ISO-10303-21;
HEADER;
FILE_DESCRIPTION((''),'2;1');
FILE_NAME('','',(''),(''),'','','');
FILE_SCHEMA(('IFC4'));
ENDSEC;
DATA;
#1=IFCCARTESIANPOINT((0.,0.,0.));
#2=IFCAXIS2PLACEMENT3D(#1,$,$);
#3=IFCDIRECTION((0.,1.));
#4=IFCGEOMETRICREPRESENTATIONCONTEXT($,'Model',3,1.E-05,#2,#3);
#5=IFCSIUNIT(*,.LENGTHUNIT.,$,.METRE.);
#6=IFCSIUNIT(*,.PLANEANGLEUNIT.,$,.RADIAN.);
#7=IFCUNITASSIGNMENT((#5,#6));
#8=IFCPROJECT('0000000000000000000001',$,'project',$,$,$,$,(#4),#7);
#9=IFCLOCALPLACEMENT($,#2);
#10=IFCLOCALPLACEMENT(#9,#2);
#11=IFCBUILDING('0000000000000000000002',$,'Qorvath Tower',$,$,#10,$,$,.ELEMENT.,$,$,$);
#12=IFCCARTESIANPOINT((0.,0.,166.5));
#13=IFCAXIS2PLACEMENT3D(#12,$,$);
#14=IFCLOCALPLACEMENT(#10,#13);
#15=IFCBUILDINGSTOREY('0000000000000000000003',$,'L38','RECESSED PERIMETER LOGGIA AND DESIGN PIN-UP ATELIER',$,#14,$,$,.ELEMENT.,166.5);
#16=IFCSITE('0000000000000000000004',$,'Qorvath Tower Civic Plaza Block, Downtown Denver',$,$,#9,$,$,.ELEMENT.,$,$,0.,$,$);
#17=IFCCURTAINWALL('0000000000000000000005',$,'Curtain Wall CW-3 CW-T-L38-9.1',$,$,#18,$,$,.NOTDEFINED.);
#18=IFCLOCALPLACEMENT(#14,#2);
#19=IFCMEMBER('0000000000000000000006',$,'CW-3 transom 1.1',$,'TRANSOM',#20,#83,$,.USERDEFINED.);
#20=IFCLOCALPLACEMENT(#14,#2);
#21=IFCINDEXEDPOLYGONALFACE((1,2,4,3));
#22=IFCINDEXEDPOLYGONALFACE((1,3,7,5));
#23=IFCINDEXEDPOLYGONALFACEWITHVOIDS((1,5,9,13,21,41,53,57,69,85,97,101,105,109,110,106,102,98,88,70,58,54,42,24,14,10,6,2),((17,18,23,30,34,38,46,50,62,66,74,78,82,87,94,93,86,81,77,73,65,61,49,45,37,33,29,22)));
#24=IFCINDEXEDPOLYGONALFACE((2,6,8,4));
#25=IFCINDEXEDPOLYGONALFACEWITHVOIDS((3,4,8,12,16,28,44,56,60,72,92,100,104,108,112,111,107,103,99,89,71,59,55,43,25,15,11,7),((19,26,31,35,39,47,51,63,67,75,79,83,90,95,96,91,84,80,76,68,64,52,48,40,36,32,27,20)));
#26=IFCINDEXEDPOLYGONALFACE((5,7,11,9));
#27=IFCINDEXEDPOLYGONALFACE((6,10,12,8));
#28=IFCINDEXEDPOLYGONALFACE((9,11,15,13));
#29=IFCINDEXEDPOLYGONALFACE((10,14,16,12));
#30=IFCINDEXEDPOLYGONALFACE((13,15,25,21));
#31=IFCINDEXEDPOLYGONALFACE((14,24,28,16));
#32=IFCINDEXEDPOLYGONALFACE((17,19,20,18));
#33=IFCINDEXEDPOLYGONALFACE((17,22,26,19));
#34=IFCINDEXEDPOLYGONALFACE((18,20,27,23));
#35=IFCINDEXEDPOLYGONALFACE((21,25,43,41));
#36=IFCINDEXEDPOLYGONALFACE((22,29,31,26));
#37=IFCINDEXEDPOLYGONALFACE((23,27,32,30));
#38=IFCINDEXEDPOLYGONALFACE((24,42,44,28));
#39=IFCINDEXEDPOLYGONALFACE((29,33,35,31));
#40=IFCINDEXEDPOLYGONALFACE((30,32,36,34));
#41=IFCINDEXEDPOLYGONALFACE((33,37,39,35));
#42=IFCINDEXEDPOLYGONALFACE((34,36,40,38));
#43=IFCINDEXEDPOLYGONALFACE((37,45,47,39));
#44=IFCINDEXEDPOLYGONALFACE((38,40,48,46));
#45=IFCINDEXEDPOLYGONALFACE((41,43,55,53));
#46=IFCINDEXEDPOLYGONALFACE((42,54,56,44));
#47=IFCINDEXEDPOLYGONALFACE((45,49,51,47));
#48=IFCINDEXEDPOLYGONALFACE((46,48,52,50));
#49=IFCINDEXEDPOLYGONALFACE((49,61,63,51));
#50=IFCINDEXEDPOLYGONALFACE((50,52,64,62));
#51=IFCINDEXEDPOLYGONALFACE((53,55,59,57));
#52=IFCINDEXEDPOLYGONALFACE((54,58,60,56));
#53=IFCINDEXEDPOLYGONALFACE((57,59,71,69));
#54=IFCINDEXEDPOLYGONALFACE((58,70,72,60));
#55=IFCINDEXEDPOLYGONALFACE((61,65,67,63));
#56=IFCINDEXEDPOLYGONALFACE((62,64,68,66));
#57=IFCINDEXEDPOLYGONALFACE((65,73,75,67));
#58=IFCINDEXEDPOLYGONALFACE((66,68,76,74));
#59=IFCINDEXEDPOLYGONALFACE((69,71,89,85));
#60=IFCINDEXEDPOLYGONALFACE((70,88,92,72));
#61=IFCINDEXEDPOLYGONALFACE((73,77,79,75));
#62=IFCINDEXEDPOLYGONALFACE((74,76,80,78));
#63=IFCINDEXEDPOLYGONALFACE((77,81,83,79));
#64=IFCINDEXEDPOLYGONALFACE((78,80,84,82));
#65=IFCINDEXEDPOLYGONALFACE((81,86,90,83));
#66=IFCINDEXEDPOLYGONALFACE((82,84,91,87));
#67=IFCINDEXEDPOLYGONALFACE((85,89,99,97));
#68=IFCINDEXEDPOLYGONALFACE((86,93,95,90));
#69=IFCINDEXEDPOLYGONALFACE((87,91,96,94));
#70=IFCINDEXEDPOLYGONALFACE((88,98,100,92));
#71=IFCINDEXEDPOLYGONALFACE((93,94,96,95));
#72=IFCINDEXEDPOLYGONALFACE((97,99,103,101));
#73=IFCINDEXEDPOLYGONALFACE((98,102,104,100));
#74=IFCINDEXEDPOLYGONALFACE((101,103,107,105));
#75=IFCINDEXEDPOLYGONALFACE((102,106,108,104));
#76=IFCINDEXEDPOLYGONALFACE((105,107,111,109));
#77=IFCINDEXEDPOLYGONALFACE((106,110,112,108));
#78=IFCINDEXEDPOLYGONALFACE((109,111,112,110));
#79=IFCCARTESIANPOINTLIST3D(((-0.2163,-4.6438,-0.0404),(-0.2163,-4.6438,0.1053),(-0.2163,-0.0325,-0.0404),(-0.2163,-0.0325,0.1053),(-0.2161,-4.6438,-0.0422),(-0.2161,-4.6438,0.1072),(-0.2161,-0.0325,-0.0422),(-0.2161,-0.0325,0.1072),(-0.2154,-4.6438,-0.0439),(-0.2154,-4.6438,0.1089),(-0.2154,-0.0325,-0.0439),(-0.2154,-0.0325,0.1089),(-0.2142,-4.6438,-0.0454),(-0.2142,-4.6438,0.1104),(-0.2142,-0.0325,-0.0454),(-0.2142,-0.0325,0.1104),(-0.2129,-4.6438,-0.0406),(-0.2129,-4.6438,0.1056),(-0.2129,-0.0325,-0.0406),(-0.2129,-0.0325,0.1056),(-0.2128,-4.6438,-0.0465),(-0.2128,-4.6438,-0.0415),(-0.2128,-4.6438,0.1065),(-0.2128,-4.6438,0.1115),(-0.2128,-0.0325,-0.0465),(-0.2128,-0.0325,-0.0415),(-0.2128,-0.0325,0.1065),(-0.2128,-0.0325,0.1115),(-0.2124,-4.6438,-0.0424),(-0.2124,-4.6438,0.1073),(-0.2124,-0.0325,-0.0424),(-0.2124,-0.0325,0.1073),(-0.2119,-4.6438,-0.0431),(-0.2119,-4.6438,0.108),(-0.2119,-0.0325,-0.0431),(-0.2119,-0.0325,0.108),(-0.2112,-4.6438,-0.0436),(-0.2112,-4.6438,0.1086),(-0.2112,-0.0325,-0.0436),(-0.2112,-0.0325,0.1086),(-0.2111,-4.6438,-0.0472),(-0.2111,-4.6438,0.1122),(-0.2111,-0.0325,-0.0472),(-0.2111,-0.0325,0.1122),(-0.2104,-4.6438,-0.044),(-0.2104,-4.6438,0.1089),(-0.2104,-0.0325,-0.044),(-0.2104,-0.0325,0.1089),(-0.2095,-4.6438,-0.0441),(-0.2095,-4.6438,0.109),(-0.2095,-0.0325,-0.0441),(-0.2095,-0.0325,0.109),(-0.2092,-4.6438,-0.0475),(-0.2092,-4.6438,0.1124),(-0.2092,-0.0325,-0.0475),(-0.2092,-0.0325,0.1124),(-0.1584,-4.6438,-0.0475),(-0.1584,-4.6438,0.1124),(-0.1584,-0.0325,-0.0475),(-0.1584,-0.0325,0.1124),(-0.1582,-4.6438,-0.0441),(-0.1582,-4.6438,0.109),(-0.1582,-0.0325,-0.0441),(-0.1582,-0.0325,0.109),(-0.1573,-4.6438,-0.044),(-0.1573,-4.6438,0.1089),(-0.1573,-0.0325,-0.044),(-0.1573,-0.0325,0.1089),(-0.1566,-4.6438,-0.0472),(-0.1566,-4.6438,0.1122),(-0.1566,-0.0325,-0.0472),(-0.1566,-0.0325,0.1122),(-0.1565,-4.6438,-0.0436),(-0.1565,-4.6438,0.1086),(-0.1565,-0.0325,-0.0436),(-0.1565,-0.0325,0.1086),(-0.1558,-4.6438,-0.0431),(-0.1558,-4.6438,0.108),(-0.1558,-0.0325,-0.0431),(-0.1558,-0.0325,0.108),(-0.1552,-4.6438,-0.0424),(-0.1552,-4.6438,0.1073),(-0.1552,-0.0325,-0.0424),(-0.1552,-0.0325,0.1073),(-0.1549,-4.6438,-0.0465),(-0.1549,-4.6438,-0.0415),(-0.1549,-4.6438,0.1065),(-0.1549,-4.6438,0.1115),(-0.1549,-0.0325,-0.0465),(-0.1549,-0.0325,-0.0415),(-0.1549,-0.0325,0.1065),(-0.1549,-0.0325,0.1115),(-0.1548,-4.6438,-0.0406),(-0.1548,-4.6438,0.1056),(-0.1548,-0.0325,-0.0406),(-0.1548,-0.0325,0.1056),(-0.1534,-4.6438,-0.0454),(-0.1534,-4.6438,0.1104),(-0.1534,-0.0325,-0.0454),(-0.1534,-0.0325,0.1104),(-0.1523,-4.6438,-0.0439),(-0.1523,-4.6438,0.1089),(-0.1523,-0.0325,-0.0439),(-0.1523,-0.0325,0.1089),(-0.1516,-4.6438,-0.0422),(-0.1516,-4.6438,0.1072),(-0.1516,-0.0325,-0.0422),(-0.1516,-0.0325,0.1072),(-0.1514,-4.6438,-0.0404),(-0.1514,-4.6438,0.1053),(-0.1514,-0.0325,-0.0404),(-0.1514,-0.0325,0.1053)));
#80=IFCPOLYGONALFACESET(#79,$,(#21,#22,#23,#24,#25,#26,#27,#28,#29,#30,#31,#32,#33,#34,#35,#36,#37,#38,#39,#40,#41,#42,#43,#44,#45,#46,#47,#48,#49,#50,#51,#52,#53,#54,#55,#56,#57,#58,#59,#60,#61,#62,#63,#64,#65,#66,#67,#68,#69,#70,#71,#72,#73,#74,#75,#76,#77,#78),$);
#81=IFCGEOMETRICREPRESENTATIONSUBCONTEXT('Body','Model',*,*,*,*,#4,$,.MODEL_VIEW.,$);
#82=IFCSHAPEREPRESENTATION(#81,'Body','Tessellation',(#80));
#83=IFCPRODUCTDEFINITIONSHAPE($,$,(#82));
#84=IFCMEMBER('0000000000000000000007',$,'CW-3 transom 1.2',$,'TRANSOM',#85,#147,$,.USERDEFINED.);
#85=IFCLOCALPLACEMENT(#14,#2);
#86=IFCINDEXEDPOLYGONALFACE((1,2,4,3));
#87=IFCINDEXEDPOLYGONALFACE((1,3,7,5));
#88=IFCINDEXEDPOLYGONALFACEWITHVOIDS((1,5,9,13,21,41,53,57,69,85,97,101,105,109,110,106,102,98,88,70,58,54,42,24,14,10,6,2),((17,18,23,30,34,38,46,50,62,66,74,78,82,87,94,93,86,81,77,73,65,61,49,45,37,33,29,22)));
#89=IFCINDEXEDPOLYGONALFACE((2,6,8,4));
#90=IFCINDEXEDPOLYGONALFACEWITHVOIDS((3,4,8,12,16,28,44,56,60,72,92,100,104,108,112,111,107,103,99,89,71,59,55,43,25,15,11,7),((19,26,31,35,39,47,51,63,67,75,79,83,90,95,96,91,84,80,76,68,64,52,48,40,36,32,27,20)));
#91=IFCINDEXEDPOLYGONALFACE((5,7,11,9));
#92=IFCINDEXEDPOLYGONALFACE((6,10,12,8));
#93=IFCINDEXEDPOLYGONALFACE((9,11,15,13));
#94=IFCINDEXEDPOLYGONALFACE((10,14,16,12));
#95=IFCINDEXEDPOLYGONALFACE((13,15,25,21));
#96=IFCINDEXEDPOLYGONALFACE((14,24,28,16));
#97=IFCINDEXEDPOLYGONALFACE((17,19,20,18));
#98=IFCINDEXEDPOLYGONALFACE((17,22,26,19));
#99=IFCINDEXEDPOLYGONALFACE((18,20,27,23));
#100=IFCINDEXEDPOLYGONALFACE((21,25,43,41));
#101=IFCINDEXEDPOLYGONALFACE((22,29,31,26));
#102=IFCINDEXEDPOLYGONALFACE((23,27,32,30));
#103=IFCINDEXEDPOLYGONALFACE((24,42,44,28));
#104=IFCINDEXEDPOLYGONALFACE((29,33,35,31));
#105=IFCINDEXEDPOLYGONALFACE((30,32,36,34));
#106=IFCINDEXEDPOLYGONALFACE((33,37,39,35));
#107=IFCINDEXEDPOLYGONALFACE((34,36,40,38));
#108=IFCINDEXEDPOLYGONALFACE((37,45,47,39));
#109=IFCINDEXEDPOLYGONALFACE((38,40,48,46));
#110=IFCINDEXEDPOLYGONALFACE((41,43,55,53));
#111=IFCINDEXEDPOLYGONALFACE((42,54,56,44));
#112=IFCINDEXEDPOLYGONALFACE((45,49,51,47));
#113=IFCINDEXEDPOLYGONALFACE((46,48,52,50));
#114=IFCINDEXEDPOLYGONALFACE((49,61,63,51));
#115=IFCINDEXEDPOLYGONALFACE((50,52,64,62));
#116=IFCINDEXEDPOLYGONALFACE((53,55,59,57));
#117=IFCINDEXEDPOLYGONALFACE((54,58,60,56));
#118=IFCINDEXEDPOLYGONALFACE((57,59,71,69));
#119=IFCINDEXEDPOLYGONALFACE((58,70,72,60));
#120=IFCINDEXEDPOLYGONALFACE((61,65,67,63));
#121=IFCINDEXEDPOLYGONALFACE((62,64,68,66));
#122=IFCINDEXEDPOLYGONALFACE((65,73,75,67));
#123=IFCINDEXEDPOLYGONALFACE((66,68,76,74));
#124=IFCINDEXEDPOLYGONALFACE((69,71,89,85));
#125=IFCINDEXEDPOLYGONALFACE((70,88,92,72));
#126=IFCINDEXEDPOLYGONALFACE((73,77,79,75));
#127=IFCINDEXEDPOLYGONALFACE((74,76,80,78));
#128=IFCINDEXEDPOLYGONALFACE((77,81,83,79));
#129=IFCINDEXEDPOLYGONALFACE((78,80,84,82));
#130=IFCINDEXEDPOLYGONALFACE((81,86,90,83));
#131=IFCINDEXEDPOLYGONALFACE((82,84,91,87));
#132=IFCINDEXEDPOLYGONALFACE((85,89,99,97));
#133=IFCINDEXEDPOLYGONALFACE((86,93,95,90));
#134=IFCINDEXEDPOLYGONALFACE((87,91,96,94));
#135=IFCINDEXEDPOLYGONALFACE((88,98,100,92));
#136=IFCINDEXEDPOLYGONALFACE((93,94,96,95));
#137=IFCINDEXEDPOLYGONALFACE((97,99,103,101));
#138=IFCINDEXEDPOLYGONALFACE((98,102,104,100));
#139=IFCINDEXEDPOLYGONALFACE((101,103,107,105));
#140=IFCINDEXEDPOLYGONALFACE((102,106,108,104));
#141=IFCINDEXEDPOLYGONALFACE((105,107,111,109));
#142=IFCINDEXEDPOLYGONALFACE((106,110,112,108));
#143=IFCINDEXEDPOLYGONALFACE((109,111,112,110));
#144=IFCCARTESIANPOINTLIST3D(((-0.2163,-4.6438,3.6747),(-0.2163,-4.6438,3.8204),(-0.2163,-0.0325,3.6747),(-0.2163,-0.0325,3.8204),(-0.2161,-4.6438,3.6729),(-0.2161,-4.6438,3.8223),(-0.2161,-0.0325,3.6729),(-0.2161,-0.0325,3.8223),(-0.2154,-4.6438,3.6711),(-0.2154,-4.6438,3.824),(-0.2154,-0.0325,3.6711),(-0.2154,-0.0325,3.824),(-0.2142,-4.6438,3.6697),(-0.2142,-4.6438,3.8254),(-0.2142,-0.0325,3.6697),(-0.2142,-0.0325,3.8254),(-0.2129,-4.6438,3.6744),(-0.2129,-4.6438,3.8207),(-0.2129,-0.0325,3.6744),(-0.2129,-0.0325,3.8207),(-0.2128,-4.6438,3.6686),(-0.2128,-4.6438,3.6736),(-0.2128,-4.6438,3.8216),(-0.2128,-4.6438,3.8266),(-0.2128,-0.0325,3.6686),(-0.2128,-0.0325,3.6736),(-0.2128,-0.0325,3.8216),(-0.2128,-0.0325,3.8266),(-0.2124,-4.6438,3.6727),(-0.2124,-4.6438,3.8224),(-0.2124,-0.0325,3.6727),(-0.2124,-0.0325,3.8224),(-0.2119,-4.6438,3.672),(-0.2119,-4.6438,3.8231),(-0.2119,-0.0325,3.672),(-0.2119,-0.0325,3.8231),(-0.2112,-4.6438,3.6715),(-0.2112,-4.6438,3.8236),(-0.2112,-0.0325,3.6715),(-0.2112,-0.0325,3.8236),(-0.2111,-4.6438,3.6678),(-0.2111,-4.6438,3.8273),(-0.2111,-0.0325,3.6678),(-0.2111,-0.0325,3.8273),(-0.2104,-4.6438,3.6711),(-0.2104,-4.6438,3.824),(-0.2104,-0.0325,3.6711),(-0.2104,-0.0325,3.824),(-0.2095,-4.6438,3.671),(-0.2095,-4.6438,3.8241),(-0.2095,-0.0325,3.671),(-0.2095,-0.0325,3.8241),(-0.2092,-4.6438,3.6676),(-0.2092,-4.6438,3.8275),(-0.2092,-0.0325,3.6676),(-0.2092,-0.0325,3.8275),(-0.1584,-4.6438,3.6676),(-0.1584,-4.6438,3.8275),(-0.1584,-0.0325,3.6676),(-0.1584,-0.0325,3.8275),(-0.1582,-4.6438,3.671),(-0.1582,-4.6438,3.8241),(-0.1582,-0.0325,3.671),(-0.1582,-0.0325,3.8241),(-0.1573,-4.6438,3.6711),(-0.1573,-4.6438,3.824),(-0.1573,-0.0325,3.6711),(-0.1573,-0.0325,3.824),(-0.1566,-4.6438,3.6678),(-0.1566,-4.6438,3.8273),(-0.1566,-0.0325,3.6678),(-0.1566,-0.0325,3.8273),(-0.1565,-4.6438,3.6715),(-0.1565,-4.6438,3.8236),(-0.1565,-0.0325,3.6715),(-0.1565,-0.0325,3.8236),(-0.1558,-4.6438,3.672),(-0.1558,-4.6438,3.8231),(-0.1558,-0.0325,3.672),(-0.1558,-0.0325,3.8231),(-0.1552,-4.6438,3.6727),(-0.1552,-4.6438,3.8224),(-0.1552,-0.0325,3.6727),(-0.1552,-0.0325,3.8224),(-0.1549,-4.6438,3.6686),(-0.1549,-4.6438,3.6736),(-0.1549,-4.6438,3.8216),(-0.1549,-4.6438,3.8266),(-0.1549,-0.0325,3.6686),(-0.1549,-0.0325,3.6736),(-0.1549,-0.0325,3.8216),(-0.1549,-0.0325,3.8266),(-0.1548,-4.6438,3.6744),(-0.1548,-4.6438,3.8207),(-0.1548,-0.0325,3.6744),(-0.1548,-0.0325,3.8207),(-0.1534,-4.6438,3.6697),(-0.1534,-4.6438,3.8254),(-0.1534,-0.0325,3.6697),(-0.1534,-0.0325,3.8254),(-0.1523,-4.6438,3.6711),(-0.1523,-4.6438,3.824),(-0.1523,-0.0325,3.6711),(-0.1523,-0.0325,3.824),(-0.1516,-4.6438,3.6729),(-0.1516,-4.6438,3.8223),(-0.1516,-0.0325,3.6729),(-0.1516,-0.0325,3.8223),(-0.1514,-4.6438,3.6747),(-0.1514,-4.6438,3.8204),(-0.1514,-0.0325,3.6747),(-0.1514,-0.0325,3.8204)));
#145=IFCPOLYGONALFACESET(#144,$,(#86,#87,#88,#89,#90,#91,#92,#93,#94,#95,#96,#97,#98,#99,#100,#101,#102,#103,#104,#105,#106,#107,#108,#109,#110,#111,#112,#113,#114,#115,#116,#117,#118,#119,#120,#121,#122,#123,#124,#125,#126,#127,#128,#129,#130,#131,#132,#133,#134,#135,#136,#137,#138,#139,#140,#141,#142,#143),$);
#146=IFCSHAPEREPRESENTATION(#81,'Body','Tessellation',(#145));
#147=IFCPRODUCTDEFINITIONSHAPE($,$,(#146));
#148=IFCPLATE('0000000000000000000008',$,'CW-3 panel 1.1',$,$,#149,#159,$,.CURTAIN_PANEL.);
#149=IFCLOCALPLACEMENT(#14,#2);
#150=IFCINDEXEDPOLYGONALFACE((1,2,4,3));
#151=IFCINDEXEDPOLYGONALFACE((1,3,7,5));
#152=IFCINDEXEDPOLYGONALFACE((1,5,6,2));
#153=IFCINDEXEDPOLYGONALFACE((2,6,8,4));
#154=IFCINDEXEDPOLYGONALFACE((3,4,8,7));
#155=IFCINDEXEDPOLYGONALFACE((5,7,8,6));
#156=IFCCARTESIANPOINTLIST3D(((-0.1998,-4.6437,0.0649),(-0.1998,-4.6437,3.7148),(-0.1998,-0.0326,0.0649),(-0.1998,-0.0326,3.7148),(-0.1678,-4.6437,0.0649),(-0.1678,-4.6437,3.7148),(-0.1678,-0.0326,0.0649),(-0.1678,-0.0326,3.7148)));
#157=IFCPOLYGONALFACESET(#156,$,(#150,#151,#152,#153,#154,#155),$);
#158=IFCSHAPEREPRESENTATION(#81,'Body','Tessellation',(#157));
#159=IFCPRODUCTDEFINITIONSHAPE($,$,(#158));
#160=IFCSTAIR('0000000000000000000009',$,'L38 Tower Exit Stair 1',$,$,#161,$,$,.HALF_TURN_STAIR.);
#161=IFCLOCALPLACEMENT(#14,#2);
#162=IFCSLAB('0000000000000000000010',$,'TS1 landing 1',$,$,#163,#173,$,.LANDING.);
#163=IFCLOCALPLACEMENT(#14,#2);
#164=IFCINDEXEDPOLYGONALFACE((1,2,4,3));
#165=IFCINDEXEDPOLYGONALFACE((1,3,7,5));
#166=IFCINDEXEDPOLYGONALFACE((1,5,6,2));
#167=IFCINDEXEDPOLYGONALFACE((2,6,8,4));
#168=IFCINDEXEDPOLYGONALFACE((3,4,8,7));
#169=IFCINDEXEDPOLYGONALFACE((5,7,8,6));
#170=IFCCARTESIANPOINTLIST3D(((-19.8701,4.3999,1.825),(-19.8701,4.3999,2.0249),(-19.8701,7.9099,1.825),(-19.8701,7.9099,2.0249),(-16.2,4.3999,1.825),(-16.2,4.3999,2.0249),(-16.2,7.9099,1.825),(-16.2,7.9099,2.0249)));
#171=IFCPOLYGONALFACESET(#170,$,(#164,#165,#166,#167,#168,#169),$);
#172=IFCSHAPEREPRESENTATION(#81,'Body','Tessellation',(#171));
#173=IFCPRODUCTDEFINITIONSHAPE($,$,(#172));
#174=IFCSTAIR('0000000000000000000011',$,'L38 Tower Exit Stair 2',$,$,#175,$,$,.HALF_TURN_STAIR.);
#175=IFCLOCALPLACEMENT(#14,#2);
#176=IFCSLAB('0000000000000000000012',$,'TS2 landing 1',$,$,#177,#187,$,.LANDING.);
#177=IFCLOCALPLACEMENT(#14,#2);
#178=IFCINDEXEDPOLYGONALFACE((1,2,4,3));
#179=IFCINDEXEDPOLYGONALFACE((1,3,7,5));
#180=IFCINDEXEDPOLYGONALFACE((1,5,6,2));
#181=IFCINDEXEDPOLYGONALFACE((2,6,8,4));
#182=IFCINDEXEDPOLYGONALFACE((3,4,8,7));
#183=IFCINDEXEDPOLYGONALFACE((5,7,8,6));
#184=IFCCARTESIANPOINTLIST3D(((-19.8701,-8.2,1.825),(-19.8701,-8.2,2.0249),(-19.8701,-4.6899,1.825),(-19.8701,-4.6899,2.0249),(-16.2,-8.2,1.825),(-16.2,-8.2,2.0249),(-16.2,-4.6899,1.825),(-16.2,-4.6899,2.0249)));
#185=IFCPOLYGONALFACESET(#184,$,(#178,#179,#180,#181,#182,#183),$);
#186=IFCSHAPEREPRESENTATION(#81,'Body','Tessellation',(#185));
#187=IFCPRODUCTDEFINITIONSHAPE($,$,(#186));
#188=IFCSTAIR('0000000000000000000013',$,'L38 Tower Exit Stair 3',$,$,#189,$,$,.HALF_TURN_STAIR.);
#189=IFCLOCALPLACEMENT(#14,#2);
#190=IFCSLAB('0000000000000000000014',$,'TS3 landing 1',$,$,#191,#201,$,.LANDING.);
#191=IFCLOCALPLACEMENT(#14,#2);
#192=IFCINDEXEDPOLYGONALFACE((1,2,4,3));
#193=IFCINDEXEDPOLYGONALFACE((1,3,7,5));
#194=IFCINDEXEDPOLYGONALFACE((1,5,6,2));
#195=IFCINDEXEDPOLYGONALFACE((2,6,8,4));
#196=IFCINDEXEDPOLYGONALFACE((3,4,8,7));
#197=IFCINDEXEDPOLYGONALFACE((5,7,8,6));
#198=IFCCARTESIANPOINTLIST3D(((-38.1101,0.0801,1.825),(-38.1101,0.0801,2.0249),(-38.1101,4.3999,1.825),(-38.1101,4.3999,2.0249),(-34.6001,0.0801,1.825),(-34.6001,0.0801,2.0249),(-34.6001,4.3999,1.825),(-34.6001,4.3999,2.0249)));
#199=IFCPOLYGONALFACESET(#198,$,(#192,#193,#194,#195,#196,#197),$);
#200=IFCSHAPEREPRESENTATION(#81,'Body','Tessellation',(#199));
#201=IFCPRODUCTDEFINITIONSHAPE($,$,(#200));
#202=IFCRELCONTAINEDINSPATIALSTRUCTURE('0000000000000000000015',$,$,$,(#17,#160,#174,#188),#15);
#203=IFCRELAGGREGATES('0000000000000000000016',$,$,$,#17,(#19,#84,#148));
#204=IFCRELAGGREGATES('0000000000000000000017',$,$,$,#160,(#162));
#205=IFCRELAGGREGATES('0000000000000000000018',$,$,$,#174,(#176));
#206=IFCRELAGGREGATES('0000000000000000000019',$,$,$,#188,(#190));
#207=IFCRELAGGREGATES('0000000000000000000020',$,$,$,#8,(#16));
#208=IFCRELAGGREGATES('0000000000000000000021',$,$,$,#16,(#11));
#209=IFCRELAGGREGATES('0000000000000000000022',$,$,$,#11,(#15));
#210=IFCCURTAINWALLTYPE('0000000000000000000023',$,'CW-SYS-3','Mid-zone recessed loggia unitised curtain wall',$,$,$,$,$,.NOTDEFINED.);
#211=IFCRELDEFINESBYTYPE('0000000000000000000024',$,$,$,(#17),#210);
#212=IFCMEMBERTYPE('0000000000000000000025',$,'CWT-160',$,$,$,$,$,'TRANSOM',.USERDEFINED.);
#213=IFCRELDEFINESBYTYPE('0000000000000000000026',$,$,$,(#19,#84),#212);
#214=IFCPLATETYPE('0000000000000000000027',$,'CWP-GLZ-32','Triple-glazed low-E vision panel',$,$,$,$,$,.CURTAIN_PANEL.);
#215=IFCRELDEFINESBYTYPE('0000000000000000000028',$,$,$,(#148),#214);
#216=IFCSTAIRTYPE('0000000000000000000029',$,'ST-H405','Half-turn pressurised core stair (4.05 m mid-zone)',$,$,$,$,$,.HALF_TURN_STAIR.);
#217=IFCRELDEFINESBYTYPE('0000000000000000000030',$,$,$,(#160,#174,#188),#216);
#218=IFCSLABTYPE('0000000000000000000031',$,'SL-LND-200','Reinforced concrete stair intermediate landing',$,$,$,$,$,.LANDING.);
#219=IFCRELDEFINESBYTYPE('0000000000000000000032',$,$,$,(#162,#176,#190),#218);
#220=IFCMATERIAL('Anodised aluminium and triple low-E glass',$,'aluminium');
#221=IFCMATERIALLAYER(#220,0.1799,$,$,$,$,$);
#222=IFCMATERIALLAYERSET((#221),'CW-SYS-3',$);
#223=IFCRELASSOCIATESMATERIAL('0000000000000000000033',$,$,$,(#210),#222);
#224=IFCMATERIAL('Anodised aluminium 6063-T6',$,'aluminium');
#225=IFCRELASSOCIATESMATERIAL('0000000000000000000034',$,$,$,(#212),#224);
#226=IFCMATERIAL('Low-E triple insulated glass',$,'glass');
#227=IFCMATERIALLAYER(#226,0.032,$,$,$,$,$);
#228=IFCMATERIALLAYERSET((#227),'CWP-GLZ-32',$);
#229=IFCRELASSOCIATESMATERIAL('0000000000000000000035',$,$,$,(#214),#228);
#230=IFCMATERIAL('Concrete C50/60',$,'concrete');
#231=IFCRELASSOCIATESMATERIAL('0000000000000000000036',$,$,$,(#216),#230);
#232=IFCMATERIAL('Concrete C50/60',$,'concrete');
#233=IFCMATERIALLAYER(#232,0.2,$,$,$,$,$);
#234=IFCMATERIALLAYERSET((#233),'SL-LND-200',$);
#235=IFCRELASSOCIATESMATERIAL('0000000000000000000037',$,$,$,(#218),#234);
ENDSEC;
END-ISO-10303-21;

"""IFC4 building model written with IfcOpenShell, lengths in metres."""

from ifc_helpers import new_model, si_unit, direction, frame, origin, origin_2d, place, context, subcontext, project, spatial, polyline, rectangle, hollow_rectangle, outline, extrude, material, layer, layer_set, material_profile, profile_set, type_object, element, aggregate, save


model = new_model("IFC4")

# Units and contexts
model_context = context("Model", 3, precision=1e-05, world=origin(), true_north=direction((0.0, 1.0)))
body_context = subcontext(model_context, "Body", "Model", "MODEL_VIEW")
ifc_project = project(units=[si_unit("LENGTHUNIT", "METRE"), si_unit("PLANEANGLEUNIT", "RADIAN")], contexts=[model_context])

# Site, building, storey
site_placement = place(None, origin())
site = spatial("IfcSite", under=ifc_project, at=site_placement, Name="Qorvath Tower Civic Plaza Block, Downtown Denver", CompositionType="ELEMENT", RefElevation=0.0)
building_placement = place(site_placement, origin())
building = spatial("IfcBuilding", under=site, at=building_placement, Name="Qorvath Tower", CompositionType="ELEMENT")
storey_placement = place(building_placement, frame((0.0, 0.0, 166.5)))
storey = spatial("IfcBuildingStorey", under=building, at=storey_placement, Name="L38", Description="RECESSED PERIMETER LOGGIA AND DESIGN PIN-UP ATELIER", CompositionType="ELEMENT", Elevation=166.5)

# Curtain wall, members, plate
ifc_material_1 = material(Name="Anodised aluminium and triple low-E glass", Category="aluminium")
ifc_layer_1 = layer(ifc_material_1, 0.1799)
ifc_layer_set_1 = layer_set([ifc_layer_1], Name="CW-SYS-3")
curtain_wall_type = type_object("IfcCurtainWallType", Name="CW-SYS-3", Description="Mid-zone recessed loggia unitised curtain wall", PredefinedType="NOTDEFINED", material=ifc_layer_set_1)
curtain_wall_placement = place(storey_placement, origin())
curtain_wall = element("IfcCurtainWall", 1, at=curtain_wall_placement, inside=storey, type_object=curtain_wall_type, Name="Curtain Wall CW-3 CW-T-L38-9.1", PredefinedType="NOTDEFINED")
ifc_material_2 = material(Name="Anodised aluminium 6063-T6", Category="aluminium")
ifc_material_profile_1 = material_profile(ifc_material_2, hollow_rectangle(XDim=0.0649, YDim=0.1599, WallThickness=0.0034, InnerFilletRadius=0.0034, OuterFilletRadius=0.0071, at=origin_2d()), Name="CWT 160x65")
ifc_profile_set_1 = profile_set([ifc_material_profile_1], Name="Anodised aluminium 6063-T6")
member_type_1 = type_object("IfcMemberType", Name="CWT-160", ElementType="TRANSOM", PredefinedType="USERDEFINED", material=ifc_profile_set_1)
member_1_placement = place(storey_placement, frame((-0.1838, -4.6438, 0.0325), z_axis=(0.0, 1.0, 0.0), x_axis=(-1.0, 0.0, 0.0)))
member_1 = element("IfcMember", 2, at=member_1_placement, type_object=member_type_1, Name="CW-3 transom 1.1", ObjectType="TRANSOM", PredefinedType="USERDEFINED", context=body_context, shape_type="SweptSolid", body=[
    extrude(hollow_rectangle(XDim=0.0649, YDim=0.1599, WallThickness=0.0034, InnerFilletRadius=0.0034, OuterFilletRadius=0.0071, at=origin_2d()), origin(), (0.0, 0.0, 1.0), 4.6113),
])
member_2_placement = place(storey_placement, frame((-0.1838, -4.6438, 3.7476), z_axis=(0.0, 1.0, 0.0), x_axis=(-1.0, 0.0, 0.0)))
member_2 = element("IfcMember", 3, at=member_2_placement, type_object=member_type_1, Name="CW-3 transom 1.2", ObjectType="TRANSOM", PredefinedType="USERDEFINED", context=body_context, shape_type="SweptSolid", body=[
    extrude(hollow_rectangle(XDim=0.0649, YDim=0.1599, WallThickness=0.0034, InnerFilletRadius=0.0034, OuterFilletRadius=0.0071, at=origin_2d()), origin(), (0.0, 0.0, 1.0), 4.6113),
])
ifc_material_3 = material(Name="Low-E triple insulated glass", Category="glass")
ifc_layer_2 = layer(ifc_material_3, 0.032)
ifc_layer_set_2 = layer_set([ifc_layer_2], Name="CWP-GLZ-32")
plate_type = type_object("IfcPlateType", Name="CWP-GLZ-32", Description="Triple-glazed low-E vision panel", PredefinedType="CURTAIN_PANEL", material=ifc_layer_set_2)
plate_placement = place(storey_placement, frame((-0.1838, -2.3381, 0.0649), z_axis=(0.0, 0.0, 1.0), x_axis=(0.0, 1.0, 0.0)))
plate = element("IfcPlate", 4, at=plate_placement, type_object=plate_type, Name="CW-3 panel 1.1", PredefinedType="CURTAIN_PANEL", context=body_context, shape_type="SweptSolid", body=[
    extrude(rectangle(XDim=4.6111, YDim=0.032, at=origin_2d()), origin(), (0.0, 0.0, 1.0), 3.6499),
])
aggregate(curtain_wall, [member_1, member_2, plate])

# Stairs, slabs
ifc_material_4 = material(Name="Concrete C50/60", Category="concrete")
stair_type = type_object("IfcStairType", Name="ST-H405", Description="Half-turn pressurised core stair (4.05 m mid-zone)", PredefinedType="HALF_TURN_STAIR", material=ifc_material_4)
stair_1_placement = place(storey_placement, origin())
stair_1 = element("IfcStair", 5, at=stair_1_placement, inside=storey, type_object=stair_type, Name="L38 Tower Exit Stair 1", PredefinedType="HALF_TURN_STAIR")
ifc_material_5 = material(Name="Concrete C50/60", Category="concrete")
ifc_layer_3 = layer(ifc_material_5, 0.2)
ifc_layer_set_3 = layer_set([ifc_layer_3], Name="SL-LND-200")
slab_type_1 = type_object("IfcSlabType", Name="SL-LND-200", Description="Reinforced concrete stair intermediate landing", PredefinedType="LANDING", material=ifc_layer_set_3)
slab_1_placement = place(storey_placement, frame((0.0, 0.0, 1.825)))
slab_1 = element("IfcSlab", 6, at=slab_1_placement, type_object=slab_type_1, Name="TS1 landing 1", PredefinedType="LANDING", context=body_context, shape_type="SweptSolid", body=[
    extrude(outline(polyline([(-19.8701, 4.3999), (-16.2, 4.3999), (-16.2, 7.9099), (-19.8701, 7.9099), (-19.8701, 4.3999)])), origin(), (0.0, 0.0, 1.0), 0.2),
])
aggregate(stair_1, [slab_1])
stair_2_placement = place(storey_placement, origin())
stair_2 = element("IfcStair", 7, at=stair_2_placement, inside=storey, type_object=stair_type, Name="L38 Tower Exit Stair 2", PredefinedType="HALF_TURN_STAIR")
slab_2_placement = place(storey_placement, frame((0.0, 0.0, 1.825)))
slab_2 = element("IfcSlab", 8, at=slab_2_placement, type_object=slab_type_1, Name="TS2 landing 1", PredefinedType="LANDING", context=body_context, shape_type="SweptSolid", body=[
    extrude(outline(polyline([(-19.8701, -8.2), (-16.2, -8.2), (-16.2, -4.6899), (-19.8701, -4.6899), (-19.8701, -8.2)])), origin(), (0.0, 0.0, 1.0), 0.2),
])
aggregate(stair_2, [slab_2])
stair_3_placement = place(storey_placement, origin())
stair_3 = element("IfcStair", 9, at=stair_3_placement, inside=storey, type_object=stair_type, Name="L38 Tower Exit Stair 3", PredefinedType="HALF_TURN_STAIR")
slab_3_placement = place(storey_placement, frame((0.0, 0.0, 1.825)))
slab_3 = element("IfcSlab", 10, at=slab_3_placement, type_object=slab_type_1, Name="TS3 landing 1", PredefinedType="LANDING", context=body_context, shape_type="SweptSolid", body=[
    extrude(outline(polyline([(-34.6001, 0.0801), (-34.6001, 4.3999), (-38.1101, 4.3999), (-38.1101, 0.0801), (-34.6001, 0.0801)])), origin(), (0.0, 0.0, 1.0), 0.2),
])
aggregate(stair_3, [slab_3])

save(model, "model.ifc")
